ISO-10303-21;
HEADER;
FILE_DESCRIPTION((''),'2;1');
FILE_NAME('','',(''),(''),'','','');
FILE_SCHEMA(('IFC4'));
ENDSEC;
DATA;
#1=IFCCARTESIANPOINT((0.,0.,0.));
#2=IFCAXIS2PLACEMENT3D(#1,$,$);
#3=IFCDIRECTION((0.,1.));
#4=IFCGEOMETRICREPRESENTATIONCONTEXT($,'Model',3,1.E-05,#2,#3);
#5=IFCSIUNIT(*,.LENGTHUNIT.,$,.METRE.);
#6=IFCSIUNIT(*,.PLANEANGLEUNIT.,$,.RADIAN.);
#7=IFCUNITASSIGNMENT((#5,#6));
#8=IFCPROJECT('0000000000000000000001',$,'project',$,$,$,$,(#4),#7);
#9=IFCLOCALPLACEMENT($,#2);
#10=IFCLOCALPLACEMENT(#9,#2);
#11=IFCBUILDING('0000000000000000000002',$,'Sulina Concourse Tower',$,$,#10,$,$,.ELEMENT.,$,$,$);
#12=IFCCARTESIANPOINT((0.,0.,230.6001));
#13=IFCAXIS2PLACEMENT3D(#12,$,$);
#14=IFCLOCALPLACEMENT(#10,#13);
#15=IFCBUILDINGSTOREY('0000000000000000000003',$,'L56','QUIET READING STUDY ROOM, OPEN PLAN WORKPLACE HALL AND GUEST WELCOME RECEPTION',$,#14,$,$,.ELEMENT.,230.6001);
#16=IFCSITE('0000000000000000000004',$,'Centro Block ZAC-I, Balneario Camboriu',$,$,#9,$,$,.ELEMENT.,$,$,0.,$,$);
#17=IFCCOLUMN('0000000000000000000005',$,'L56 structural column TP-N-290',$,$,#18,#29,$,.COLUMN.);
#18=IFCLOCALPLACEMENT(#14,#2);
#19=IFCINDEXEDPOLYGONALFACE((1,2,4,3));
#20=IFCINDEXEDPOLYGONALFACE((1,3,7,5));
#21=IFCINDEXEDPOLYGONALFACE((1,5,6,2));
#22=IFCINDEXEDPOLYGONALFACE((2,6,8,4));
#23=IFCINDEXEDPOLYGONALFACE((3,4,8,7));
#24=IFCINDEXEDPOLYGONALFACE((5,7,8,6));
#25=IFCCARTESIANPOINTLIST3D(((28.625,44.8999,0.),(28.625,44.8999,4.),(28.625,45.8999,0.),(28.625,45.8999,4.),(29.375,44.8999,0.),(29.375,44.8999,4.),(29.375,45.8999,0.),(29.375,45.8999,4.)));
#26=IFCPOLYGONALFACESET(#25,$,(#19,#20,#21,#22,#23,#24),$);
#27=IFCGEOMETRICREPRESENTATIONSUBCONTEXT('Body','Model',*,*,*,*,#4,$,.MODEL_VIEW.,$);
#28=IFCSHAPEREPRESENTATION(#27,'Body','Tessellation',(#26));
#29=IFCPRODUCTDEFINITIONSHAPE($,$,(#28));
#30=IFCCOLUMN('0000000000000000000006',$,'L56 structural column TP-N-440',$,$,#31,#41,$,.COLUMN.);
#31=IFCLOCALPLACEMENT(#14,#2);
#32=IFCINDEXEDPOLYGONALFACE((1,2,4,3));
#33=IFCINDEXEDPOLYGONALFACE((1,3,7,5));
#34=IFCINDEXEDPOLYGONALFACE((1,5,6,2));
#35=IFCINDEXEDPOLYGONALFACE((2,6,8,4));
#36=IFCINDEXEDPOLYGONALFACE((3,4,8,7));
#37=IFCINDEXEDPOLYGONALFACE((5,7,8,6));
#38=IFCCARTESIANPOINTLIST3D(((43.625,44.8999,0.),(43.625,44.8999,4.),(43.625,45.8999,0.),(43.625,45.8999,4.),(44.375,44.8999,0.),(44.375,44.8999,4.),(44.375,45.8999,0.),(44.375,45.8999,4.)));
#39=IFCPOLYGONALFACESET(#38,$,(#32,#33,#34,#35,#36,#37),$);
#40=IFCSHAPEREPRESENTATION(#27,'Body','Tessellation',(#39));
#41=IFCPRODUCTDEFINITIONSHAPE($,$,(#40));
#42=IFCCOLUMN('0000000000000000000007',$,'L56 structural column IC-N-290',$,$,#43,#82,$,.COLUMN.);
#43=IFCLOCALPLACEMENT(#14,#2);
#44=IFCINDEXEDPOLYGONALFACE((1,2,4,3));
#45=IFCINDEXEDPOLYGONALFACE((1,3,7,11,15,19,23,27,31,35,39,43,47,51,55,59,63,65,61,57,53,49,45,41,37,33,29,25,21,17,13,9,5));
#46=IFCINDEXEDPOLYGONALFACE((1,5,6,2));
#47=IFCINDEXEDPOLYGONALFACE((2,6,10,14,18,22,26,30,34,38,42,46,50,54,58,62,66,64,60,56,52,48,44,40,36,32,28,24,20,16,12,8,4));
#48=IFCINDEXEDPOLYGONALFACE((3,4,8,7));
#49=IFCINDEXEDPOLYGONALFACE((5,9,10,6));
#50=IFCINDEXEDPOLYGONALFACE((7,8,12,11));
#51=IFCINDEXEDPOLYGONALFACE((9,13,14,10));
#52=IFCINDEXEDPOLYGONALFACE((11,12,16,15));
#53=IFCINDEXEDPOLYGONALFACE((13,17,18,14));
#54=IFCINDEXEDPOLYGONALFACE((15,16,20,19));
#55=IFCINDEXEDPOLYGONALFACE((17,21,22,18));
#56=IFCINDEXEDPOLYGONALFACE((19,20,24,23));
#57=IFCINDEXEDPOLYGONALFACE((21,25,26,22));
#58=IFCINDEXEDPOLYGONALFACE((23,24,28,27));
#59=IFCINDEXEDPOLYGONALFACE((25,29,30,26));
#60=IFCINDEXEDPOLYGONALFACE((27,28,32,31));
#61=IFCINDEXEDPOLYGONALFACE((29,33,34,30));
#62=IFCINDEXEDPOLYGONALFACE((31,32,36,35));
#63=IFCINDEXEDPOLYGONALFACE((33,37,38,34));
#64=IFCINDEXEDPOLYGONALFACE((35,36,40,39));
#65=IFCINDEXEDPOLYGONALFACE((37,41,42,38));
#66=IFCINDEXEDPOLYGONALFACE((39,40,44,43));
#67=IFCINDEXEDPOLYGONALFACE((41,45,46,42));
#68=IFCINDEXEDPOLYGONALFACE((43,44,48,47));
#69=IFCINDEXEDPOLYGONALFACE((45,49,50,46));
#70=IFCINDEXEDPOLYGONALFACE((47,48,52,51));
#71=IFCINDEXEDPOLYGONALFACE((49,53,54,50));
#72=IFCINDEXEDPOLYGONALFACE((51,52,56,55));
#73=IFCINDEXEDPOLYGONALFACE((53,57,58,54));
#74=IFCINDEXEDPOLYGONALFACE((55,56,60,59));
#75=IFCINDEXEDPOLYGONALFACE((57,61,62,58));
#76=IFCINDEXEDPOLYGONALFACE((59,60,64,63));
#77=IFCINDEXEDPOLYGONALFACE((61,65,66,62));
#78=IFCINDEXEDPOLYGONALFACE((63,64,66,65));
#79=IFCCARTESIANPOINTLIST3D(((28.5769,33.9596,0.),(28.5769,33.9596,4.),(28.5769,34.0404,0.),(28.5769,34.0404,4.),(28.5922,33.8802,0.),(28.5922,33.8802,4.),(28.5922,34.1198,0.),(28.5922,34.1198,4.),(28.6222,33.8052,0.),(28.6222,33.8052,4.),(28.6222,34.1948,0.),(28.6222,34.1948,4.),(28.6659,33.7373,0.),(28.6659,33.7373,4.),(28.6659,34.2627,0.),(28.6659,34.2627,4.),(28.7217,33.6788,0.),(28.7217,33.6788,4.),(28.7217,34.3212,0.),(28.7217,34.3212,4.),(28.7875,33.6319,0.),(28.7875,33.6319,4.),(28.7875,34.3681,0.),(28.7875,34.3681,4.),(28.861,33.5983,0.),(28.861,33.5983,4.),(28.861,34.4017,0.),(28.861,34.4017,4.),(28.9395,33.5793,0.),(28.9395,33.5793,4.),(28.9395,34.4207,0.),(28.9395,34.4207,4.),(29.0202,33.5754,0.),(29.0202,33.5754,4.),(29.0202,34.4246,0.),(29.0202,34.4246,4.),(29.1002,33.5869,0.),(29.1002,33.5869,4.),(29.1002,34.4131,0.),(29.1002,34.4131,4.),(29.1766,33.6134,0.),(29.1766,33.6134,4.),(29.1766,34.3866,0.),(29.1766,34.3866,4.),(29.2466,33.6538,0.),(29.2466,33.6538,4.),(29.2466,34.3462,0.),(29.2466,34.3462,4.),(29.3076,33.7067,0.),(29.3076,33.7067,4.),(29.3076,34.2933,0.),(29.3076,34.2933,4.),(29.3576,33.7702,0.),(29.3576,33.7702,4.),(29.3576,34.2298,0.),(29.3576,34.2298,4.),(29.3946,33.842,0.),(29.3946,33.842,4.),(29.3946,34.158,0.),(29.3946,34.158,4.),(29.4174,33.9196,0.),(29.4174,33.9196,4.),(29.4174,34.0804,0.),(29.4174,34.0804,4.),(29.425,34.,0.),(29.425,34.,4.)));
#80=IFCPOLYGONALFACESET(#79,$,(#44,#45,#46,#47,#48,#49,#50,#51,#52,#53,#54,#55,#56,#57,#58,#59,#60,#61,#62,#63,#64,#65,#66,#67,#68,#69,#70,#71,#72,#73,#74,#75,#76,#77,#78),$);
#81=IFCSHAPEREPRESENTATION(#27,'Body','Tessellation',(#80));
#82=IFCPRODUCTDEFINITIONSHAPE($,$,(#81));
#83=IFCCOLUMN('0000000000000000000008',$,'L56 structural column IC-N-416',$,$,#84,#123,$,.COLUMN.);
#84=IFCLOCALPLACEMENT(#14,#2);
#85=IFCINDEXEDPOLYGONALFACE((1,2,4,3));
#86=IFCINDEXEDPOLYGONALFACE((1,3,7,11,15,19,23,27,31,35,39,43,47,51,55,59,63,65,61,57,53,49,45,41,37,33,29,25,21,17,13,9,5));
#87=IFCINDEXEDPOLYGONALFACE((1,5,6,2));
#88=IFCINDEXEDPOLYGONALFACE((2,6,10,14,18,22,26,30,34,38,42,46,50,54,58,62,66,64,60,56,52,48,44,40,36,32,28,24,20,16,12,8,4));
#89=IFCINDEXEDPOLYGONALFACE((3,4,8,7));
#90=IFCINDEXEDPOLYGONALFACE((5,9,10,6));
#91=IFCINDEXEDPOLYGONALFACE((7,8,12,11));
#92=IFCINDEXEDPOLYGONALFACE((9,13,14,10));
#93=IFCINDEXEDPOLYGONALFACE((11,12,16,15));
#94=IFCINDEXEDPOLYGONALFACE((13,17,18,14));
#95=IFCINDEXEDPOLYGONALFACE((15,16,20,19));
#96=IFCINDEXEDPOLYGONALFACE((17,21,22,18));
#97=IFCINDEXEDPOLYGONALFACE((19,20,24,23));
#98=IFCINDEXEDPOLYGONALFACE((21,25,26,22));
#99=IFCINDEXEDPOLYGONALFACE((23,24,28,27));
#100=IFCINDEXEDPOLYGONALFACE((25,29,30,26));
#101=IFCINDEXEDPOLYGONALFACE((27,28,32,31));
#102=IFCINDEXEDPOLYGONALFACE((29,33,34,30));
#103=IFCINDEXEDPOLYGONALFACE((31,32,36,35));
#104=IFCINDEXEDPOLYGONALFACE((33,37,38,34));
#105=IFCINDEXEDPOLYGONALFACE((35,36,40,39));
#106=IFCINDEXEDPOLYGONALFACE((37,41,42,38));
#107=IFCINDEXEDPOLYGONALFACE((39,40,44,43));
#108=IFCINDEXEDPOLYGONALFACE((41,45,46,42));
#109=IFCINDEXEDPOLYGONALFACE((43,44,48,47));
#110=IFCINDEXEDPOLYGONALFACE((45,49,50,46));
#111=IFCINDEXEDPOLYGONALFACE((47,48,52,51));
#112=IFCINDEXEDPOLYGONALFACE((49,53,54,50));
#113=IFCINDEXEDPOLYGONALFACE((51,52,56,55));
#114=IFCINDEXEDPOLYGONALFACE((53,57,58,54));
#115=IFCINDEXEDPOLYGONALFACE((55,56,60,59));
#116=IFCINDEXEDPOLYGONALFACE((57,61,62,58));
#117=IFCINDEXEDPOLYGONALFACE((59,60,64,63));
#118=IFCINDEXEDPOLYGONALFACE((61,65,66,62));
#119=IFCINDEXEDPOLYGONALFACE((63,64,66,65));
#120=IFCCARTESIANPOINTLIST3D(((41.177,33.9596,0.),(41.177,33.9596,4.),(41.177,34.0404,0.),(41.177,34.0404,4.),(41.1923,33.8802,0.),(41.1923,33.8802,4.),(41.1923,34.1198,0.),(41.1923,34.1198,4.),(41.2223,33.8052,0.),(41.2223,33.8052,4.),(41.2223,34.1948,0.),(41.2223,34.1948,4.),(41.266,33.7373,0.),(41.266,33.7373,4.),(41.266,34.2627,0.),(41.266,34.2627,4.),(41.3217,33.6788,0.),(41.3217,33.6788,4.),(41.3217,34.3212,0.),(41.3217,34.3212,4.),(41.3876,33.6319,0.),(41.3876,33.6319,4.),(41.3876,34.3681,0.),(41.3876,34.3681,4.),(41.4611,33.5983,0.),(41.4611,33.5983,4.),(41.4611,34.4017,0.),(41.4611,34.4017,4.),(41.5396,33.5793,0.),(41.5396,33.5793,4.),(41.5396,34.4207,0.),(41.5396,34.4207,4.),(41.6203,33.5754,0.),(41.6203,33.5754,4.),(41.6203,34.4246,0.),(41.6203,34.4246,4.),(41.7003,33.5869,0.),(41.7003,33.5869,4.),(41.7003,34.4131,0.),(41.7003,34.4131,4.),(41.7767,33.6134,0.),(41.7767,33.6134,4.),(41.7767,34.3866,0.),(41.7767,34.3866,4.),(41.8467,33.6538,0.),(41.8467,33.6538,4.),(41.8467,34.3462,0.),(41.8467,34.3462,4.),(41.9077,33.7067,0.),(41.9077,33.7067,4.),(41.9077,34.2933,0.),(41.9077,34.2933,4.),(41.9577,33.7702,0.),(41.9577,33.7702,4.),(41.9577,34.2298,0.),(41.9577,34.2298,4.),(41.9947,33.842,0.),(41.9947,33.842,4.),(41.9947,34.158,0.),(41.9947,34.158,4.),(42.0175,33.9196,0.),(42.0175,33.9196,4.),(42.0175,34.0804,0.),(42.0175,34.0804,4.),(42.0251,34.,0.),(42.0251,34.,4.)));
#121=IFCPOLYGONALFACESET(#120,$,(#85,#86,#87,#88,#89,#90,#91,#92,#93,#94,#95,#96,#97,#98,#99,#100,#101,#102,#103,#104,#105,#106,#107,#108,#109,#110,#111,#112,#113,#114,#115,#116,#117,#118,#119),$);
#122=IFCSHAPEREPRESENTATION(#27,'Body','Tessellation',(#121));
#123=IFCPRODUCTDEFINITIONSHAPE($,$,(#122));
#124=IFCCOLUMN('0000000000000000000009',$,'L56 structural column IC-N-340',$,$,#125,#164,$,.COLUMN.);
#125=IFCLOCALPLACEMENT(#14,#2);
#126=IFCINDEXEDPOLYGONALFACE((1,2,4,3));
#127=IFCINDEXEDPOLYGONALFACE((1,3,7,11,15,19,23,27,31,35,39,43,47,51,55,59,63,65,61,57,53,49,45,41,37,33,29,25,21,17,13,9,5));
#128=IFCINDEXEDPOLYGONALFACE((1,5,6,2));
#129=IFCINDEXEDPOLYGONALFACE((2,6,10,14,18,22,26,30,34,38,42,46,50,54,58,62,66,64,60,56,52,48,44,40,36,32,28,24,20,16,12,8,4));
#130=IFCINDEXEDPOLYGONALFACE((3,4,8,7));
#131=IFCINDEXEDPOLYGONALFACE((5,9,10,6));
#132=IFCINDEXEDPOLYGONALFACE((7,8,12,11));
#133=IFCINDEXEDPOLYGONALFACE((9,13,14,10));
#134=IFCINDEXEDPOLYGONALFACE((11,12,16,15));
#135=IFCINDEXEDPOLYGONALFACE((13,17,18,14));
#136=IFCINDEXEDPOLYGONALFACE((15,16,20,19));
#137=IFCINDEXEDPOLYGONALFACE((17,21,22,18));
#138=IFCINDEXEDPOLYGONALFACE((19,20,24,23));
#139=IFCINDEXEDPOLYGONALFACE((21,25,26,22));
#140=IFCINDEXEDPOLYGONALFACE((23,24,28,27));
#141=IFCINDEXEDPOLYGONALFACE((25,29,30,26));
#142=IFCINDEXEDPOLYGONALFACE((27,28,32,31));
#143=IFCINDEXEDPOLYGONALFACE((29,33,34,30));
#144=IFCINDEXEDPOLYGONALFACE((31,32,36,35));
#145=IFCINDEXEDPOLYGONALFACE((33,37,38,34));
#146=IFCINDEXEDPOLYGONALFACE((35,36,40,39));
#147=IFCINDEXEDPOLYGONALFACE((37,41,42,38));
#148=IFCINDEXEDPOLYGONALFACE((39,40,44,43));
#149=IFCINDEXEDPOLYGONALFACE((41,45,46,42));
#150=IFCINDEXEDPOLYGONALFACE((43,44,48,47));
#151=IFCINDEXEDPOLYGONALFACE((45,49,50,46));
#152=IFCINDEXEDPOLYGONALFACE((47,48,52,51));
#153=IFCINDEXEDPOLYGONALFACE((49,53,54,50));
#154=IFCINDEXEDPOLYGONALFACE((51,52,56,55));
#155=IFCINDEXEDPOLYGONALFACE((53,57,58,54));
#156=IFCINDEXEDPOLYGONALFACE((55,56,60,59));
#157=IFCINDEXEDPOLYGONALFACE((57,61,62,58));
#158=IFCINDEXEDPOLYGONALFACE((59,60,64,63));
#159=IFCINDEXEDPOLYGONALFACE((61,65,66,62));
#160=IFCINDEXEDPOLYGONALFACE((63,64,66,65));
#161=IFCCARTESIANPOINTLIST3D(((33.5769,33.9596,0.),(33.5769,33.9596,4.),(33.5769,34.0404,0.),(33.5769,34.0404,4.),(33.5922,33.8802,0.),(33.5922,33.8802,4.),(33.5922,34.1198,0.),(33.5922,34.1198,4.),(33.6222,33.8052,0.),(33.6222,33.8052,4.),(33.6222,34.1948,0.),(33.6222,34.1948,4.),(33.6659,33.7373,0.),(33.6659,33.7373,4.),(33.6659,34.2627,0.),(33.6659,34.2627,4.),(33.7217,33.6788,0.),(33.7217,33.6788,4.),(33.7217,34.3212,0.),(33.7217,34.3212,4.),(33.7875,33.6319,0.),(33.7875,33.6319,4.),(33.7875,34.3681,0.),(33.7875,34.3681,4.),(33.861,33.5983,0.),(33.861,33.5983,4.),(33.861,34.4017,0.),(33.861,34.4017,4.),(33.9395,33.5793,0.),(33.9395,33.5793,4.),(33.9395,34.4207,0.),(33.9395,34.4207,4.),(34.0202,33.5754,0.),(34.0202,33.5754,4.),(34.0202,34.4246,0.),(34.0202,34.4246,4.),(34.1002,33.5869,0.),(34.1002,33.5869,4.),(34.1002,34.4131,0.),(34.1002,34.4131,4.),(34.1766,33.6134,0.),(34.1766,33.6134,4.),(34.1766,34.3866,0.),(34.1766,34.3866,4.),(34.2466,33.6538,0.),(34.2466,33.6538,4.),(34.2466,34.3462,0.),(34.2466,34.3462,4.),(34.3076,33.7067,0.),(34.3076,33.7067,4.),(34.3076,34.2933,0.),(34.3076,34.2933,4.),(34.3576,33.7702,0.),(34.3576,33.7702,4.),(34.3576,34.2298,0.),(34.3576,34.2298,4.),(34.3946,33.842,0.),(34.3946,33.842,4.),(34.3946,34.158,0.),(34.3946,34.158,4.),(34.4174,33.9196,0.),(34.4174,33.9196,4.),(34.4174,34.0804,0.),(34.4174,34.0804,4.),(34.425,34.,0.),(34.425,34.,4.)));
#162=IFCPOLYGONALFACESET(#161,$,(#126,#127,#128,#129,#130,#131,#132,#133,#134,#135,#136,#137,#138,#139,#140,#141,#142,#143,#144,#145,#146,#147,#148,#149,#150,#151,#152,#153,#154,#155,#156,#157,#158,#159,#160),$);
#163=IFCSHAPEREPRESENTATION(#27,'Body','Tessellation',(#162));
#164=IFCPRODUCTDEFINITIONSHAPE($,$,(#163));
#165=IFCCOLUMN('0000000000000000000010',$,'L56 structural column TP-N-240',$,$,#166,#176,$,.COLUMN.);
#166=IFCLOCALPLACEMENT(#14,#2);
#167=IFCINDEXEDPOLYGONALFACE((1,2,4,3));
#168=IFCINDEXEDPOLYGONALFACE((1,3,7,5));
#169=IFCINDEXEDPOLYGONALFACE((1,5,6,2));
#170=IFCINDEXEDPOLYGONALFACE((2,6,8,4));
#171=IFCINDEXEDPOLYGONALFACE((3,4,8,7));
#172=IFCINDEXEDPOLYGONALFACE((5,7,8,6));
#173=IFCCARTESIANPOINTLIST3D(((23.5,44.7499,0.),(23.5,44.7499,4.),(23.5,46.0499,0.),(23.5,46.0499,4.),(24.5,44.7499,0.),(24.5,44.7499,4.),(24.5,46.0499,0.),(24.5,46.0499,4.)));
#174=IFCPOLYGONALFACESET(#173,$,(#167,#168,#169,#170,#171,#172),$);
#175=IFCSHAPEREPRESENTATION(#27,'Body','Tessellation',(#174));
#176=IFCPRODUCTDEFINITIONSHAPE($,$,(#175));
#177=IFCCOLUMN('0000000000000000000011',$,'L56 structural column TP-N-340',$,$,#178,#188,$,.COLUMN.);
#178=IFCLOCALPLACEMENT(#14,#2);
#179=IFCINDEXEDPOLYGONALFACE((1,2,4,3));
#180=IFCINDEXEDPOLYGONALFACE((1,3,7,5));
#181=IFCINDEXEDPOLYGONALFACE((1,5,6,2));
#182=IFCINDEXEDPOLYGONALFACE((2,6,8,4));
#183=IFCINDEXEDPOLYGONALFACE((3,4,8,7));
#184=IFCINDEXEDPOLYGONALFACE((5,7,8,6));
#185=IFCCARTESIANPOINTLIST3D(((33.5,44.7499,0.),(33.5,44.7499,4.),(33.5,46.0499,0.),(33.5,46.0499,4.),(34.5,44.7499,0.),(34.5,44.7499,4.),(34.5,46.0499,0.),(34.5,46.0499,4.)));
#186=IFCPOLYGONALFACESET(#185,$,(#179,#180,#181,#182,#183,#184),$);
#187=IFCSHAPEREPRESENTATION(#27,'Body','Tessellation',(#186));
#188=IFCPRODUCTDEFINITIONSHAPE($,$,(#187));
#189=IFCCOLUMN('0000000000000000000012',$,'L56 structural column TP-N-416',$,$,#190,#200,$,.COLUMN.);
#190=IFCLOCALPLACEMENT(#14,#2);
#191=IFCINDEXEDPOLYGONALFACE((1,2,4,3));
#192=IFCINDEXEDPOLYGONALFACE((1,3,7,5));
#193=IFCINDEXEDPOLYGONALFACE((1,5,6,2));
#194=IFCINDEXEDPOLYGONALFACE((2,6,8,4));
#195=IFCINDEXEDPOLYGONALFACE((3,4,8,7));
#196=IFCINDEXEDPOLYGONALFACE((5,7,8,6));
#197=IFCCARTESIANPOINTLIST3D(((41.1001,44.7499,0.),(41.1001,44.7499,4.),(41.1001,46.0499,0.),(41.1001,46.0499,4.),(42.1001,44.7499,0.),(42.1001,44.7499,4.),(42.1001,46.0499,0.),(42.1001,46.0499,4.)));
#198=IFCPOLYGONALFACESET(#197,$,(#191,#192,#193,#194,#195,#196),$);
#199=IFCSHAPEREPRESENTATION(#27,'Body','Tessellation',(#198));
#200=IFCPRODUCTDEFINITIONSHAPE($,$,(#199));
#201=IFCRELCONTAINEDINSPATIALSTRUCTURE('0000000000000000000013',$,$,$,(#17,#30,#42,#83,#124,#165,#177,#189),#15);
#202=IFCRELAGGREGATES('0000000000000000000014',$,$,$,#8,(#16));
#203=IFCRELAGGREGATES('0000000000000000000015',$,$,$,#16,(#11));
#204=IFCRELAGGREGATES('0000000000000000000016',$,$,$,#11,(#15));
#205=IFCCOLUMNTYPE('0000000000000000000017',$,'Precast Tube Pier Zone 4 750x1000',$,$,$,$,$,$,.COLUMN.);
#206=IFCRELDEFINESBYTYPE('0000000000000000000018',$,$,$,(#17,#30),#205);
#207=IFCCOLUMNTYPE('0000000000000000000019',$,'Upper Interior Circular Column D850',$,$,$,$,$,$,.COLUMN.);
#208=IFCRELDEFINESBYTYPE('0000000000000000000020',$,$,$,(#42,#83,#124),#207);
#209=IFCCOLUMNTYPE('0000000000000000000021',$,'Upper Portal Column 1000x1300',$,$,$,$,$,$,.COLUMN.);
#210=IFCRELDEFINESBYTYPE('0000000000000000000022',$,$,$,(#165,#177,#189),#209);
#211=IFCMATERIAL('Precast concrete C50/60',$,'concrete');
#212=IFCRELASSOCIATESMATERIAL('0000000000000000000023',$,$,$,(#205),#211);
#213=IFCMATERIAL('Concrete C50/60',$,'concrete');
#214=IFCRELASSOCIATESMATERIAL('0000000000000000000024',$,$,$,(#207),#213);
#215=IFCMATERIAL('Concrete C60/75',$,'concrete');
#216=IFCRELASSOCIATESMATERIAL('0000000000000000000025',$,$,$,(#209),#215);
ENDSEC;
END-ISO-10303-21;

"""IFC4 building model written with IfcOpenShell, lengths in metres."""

from ifc_helpers import new_model, si_unit, direction, frame, origin, origin_2d, place, context, subcontext, project, spatial, rectangle, circle, extrude, material, material_profile, profile_set, type_object, element, save


model = new_model("IFC4")

# Units and contexts
model_context = context("Model", 3, precision=1e-05, world=origin(), true_north=direction((0.0, 1.0)))
body_context = subcontext(model_context, "Body", "Model", "MODEL_VIEW")
ifc_project = project(units=[si_unit("LENGTHUNIT", "METRE"), si_unit("PLANEANGLEUNIT", "RADIAN")], contexts=[model_context])

# Site, building, storey
site_placement = place(None, origin())
site = spatial("IfcSite", under=ifc_project, at=site_placement, Name="Centro Block ZAC-I, Balneario Camboriu", CompositionType="ELEMENT", RefElevation=0.0)
building_placement = place(site_placement, origin())
building = spatial("IfcBuilding", under=site, at=building_placement, Name="Sulina Concourse Tower", CompositionType="ELEMENT")
storey_placement = place(building_placement, frame((0.0, 0.0, 230.6001)))
storey = spatial("IfcBuildingStorey", under=building, at=storey_placement, Name="L56", Description="QUIET READING STUDY ROOM, OPEN PLAN WORKPLACE HALL AND GUEST WELCOME RECEPTION", CompositionType="ELEMENT", Elevation=230.6001)

# Columns
ifc_material_1 = material(Name="Precast concrete C50/60", Category="concrete")
ifc_material_profile_1 = material_profile(ifc_material_1, rectangle(XDim=0.75, YDim=1.0, at=origin_2d()), Name="PC 750x1000")
ifc_profile_set_1 = profile_set([ifc_material_profile_1], Name="Precast concrete C50/60")
column_type_1 = type_object("IfcColumnType", Name="Precast Tube Pier Zone 4 750x1000", PredefinedType="COLUMN", material=ifc_profile_set_1)
for number, where, z_axis, x_axis, name in (
    (1, (29.0, 45.3999, 0.0), (0.0, 0.0, 1.0), (1.0, 0.0, 0.0), "L56 structural column TP-N-290"),
    (2, (44.0, 45.3999, 0.0), (0.0, 0.0, 1.0), (1.0, 0.0, 0.0), "L56 structural column TP-N-440"),
):
    element("IfcColumn", number, at=place(storey_placement, frame(where, z_axis=z_axis, x_axis=x_axis)), inside=storey, type_object=column_type_1, Name=name, PredefinedType="COLUMN", context=body_context, shape_type="SweptSolid", body=[
        extrude(rectangle(XDim=0.75, YDim=1.0, at=origin_2d()), origin(), (0.0, 0.0, 1.0), 4.0),
    ])
ifc_material_2 = material(Name="Concrete C50/60", Category="concrete")
ifc_material_profile_2 = material_profile(ifc_material_2, circle(Radius=0.425, at=origin_2d()), Name="RC D850")
ifc_profile_set_2 = profile_set([ifc_material_profile_2], Name="Concrete C50/60")
column_type_2 = type_object("IfcColumnType", Name="Upper Interior Circular Column D850", PredefinedType="COLUMN", material=ifc_profile_set_2)
for number, where, z_axis, x_axis, name in (
    (3, (29.0, 34.0, 0.0), (0.0, 0.0, 1.0), (1.0, 0.0, 0.0), "L56 structural column IC-N-290"),
    (4, (41.6001, 34.0, 0.0), (0.0, 0.0, 1.0), (1.0, 0.0, 0.0), "L56 structural column IC-N-416"),
    (5, (34.0, 34.0, 0.0), (0.0, 0.0, 1.0), (1.0, 0.0, 0.0), "L56 structural column IC-N-340"),
):
    element("IfcColumn", number, at=place(storey_placement, frame(where, z_axis=z_axis, x_axis=x_axis)), inside=storey, type_object=column_type_2, Name=name, PredefinedType="COLUMN", context=body_context, shape_type="SweptSolid", body=[
        extrude(circle(Radius=0.425, at=origin_2d()), origin(), (0.0, 0.0, 1.0), 4.0),
    ])
ifc_material_3 = material(Name="Concrete C60/75", Category="concrete")
ifc_material_profile_3 = material_profile(ifc_material_3, rectangle(XDim=1.0, YDim=1.3, at=origin_2d()), Name="RC 1000x1300")
ifc_profile_set_3 = profile_set([ifc_material_profile_3], Name="Concrete C60/75")
column_type_3 = type_object("IfcColumnType", Name="Upper Portal Column 1000x1300", PredefinedType="COLUMN", material=ifc_profile_set_3)
for number, where, z_axis, x_axis, name in (
    (6, (24.0, 45.3999, 0.0), (0.0, 0.0, 1.0), (1.0, 0.0, 0.0), "L56 structural column TP-N-240"),
    (7, (34.0, 45.3999, 0.0), (0.0, 0.0, 1.0), (1.0, 0.0, 0.0), "L56 structural column TP-N-340"),
    (8, (41.6001, 45.3999, 0.0), (0.0, 0.0, 1.0), (1.0, 0.0, 0.0), "L56 structural column TP-N-416"),
):
    element("IfcColumn", number, at=place(storey_placement, frame(where, z_axis=z_axis, x_axis=x_axis)), inside=storey, type_object=column_type_3, Name=name, PredefinedType="COLUMN", context=body_context, shape_type="SweptSolid", body=[
        extrude(rectangle(XDim=1.0, YDim=1.3, at=origin_2d()), origin(), (0.0, 0.0, 1.0), 4.0),
    ])

save(model, "model.ifc")
